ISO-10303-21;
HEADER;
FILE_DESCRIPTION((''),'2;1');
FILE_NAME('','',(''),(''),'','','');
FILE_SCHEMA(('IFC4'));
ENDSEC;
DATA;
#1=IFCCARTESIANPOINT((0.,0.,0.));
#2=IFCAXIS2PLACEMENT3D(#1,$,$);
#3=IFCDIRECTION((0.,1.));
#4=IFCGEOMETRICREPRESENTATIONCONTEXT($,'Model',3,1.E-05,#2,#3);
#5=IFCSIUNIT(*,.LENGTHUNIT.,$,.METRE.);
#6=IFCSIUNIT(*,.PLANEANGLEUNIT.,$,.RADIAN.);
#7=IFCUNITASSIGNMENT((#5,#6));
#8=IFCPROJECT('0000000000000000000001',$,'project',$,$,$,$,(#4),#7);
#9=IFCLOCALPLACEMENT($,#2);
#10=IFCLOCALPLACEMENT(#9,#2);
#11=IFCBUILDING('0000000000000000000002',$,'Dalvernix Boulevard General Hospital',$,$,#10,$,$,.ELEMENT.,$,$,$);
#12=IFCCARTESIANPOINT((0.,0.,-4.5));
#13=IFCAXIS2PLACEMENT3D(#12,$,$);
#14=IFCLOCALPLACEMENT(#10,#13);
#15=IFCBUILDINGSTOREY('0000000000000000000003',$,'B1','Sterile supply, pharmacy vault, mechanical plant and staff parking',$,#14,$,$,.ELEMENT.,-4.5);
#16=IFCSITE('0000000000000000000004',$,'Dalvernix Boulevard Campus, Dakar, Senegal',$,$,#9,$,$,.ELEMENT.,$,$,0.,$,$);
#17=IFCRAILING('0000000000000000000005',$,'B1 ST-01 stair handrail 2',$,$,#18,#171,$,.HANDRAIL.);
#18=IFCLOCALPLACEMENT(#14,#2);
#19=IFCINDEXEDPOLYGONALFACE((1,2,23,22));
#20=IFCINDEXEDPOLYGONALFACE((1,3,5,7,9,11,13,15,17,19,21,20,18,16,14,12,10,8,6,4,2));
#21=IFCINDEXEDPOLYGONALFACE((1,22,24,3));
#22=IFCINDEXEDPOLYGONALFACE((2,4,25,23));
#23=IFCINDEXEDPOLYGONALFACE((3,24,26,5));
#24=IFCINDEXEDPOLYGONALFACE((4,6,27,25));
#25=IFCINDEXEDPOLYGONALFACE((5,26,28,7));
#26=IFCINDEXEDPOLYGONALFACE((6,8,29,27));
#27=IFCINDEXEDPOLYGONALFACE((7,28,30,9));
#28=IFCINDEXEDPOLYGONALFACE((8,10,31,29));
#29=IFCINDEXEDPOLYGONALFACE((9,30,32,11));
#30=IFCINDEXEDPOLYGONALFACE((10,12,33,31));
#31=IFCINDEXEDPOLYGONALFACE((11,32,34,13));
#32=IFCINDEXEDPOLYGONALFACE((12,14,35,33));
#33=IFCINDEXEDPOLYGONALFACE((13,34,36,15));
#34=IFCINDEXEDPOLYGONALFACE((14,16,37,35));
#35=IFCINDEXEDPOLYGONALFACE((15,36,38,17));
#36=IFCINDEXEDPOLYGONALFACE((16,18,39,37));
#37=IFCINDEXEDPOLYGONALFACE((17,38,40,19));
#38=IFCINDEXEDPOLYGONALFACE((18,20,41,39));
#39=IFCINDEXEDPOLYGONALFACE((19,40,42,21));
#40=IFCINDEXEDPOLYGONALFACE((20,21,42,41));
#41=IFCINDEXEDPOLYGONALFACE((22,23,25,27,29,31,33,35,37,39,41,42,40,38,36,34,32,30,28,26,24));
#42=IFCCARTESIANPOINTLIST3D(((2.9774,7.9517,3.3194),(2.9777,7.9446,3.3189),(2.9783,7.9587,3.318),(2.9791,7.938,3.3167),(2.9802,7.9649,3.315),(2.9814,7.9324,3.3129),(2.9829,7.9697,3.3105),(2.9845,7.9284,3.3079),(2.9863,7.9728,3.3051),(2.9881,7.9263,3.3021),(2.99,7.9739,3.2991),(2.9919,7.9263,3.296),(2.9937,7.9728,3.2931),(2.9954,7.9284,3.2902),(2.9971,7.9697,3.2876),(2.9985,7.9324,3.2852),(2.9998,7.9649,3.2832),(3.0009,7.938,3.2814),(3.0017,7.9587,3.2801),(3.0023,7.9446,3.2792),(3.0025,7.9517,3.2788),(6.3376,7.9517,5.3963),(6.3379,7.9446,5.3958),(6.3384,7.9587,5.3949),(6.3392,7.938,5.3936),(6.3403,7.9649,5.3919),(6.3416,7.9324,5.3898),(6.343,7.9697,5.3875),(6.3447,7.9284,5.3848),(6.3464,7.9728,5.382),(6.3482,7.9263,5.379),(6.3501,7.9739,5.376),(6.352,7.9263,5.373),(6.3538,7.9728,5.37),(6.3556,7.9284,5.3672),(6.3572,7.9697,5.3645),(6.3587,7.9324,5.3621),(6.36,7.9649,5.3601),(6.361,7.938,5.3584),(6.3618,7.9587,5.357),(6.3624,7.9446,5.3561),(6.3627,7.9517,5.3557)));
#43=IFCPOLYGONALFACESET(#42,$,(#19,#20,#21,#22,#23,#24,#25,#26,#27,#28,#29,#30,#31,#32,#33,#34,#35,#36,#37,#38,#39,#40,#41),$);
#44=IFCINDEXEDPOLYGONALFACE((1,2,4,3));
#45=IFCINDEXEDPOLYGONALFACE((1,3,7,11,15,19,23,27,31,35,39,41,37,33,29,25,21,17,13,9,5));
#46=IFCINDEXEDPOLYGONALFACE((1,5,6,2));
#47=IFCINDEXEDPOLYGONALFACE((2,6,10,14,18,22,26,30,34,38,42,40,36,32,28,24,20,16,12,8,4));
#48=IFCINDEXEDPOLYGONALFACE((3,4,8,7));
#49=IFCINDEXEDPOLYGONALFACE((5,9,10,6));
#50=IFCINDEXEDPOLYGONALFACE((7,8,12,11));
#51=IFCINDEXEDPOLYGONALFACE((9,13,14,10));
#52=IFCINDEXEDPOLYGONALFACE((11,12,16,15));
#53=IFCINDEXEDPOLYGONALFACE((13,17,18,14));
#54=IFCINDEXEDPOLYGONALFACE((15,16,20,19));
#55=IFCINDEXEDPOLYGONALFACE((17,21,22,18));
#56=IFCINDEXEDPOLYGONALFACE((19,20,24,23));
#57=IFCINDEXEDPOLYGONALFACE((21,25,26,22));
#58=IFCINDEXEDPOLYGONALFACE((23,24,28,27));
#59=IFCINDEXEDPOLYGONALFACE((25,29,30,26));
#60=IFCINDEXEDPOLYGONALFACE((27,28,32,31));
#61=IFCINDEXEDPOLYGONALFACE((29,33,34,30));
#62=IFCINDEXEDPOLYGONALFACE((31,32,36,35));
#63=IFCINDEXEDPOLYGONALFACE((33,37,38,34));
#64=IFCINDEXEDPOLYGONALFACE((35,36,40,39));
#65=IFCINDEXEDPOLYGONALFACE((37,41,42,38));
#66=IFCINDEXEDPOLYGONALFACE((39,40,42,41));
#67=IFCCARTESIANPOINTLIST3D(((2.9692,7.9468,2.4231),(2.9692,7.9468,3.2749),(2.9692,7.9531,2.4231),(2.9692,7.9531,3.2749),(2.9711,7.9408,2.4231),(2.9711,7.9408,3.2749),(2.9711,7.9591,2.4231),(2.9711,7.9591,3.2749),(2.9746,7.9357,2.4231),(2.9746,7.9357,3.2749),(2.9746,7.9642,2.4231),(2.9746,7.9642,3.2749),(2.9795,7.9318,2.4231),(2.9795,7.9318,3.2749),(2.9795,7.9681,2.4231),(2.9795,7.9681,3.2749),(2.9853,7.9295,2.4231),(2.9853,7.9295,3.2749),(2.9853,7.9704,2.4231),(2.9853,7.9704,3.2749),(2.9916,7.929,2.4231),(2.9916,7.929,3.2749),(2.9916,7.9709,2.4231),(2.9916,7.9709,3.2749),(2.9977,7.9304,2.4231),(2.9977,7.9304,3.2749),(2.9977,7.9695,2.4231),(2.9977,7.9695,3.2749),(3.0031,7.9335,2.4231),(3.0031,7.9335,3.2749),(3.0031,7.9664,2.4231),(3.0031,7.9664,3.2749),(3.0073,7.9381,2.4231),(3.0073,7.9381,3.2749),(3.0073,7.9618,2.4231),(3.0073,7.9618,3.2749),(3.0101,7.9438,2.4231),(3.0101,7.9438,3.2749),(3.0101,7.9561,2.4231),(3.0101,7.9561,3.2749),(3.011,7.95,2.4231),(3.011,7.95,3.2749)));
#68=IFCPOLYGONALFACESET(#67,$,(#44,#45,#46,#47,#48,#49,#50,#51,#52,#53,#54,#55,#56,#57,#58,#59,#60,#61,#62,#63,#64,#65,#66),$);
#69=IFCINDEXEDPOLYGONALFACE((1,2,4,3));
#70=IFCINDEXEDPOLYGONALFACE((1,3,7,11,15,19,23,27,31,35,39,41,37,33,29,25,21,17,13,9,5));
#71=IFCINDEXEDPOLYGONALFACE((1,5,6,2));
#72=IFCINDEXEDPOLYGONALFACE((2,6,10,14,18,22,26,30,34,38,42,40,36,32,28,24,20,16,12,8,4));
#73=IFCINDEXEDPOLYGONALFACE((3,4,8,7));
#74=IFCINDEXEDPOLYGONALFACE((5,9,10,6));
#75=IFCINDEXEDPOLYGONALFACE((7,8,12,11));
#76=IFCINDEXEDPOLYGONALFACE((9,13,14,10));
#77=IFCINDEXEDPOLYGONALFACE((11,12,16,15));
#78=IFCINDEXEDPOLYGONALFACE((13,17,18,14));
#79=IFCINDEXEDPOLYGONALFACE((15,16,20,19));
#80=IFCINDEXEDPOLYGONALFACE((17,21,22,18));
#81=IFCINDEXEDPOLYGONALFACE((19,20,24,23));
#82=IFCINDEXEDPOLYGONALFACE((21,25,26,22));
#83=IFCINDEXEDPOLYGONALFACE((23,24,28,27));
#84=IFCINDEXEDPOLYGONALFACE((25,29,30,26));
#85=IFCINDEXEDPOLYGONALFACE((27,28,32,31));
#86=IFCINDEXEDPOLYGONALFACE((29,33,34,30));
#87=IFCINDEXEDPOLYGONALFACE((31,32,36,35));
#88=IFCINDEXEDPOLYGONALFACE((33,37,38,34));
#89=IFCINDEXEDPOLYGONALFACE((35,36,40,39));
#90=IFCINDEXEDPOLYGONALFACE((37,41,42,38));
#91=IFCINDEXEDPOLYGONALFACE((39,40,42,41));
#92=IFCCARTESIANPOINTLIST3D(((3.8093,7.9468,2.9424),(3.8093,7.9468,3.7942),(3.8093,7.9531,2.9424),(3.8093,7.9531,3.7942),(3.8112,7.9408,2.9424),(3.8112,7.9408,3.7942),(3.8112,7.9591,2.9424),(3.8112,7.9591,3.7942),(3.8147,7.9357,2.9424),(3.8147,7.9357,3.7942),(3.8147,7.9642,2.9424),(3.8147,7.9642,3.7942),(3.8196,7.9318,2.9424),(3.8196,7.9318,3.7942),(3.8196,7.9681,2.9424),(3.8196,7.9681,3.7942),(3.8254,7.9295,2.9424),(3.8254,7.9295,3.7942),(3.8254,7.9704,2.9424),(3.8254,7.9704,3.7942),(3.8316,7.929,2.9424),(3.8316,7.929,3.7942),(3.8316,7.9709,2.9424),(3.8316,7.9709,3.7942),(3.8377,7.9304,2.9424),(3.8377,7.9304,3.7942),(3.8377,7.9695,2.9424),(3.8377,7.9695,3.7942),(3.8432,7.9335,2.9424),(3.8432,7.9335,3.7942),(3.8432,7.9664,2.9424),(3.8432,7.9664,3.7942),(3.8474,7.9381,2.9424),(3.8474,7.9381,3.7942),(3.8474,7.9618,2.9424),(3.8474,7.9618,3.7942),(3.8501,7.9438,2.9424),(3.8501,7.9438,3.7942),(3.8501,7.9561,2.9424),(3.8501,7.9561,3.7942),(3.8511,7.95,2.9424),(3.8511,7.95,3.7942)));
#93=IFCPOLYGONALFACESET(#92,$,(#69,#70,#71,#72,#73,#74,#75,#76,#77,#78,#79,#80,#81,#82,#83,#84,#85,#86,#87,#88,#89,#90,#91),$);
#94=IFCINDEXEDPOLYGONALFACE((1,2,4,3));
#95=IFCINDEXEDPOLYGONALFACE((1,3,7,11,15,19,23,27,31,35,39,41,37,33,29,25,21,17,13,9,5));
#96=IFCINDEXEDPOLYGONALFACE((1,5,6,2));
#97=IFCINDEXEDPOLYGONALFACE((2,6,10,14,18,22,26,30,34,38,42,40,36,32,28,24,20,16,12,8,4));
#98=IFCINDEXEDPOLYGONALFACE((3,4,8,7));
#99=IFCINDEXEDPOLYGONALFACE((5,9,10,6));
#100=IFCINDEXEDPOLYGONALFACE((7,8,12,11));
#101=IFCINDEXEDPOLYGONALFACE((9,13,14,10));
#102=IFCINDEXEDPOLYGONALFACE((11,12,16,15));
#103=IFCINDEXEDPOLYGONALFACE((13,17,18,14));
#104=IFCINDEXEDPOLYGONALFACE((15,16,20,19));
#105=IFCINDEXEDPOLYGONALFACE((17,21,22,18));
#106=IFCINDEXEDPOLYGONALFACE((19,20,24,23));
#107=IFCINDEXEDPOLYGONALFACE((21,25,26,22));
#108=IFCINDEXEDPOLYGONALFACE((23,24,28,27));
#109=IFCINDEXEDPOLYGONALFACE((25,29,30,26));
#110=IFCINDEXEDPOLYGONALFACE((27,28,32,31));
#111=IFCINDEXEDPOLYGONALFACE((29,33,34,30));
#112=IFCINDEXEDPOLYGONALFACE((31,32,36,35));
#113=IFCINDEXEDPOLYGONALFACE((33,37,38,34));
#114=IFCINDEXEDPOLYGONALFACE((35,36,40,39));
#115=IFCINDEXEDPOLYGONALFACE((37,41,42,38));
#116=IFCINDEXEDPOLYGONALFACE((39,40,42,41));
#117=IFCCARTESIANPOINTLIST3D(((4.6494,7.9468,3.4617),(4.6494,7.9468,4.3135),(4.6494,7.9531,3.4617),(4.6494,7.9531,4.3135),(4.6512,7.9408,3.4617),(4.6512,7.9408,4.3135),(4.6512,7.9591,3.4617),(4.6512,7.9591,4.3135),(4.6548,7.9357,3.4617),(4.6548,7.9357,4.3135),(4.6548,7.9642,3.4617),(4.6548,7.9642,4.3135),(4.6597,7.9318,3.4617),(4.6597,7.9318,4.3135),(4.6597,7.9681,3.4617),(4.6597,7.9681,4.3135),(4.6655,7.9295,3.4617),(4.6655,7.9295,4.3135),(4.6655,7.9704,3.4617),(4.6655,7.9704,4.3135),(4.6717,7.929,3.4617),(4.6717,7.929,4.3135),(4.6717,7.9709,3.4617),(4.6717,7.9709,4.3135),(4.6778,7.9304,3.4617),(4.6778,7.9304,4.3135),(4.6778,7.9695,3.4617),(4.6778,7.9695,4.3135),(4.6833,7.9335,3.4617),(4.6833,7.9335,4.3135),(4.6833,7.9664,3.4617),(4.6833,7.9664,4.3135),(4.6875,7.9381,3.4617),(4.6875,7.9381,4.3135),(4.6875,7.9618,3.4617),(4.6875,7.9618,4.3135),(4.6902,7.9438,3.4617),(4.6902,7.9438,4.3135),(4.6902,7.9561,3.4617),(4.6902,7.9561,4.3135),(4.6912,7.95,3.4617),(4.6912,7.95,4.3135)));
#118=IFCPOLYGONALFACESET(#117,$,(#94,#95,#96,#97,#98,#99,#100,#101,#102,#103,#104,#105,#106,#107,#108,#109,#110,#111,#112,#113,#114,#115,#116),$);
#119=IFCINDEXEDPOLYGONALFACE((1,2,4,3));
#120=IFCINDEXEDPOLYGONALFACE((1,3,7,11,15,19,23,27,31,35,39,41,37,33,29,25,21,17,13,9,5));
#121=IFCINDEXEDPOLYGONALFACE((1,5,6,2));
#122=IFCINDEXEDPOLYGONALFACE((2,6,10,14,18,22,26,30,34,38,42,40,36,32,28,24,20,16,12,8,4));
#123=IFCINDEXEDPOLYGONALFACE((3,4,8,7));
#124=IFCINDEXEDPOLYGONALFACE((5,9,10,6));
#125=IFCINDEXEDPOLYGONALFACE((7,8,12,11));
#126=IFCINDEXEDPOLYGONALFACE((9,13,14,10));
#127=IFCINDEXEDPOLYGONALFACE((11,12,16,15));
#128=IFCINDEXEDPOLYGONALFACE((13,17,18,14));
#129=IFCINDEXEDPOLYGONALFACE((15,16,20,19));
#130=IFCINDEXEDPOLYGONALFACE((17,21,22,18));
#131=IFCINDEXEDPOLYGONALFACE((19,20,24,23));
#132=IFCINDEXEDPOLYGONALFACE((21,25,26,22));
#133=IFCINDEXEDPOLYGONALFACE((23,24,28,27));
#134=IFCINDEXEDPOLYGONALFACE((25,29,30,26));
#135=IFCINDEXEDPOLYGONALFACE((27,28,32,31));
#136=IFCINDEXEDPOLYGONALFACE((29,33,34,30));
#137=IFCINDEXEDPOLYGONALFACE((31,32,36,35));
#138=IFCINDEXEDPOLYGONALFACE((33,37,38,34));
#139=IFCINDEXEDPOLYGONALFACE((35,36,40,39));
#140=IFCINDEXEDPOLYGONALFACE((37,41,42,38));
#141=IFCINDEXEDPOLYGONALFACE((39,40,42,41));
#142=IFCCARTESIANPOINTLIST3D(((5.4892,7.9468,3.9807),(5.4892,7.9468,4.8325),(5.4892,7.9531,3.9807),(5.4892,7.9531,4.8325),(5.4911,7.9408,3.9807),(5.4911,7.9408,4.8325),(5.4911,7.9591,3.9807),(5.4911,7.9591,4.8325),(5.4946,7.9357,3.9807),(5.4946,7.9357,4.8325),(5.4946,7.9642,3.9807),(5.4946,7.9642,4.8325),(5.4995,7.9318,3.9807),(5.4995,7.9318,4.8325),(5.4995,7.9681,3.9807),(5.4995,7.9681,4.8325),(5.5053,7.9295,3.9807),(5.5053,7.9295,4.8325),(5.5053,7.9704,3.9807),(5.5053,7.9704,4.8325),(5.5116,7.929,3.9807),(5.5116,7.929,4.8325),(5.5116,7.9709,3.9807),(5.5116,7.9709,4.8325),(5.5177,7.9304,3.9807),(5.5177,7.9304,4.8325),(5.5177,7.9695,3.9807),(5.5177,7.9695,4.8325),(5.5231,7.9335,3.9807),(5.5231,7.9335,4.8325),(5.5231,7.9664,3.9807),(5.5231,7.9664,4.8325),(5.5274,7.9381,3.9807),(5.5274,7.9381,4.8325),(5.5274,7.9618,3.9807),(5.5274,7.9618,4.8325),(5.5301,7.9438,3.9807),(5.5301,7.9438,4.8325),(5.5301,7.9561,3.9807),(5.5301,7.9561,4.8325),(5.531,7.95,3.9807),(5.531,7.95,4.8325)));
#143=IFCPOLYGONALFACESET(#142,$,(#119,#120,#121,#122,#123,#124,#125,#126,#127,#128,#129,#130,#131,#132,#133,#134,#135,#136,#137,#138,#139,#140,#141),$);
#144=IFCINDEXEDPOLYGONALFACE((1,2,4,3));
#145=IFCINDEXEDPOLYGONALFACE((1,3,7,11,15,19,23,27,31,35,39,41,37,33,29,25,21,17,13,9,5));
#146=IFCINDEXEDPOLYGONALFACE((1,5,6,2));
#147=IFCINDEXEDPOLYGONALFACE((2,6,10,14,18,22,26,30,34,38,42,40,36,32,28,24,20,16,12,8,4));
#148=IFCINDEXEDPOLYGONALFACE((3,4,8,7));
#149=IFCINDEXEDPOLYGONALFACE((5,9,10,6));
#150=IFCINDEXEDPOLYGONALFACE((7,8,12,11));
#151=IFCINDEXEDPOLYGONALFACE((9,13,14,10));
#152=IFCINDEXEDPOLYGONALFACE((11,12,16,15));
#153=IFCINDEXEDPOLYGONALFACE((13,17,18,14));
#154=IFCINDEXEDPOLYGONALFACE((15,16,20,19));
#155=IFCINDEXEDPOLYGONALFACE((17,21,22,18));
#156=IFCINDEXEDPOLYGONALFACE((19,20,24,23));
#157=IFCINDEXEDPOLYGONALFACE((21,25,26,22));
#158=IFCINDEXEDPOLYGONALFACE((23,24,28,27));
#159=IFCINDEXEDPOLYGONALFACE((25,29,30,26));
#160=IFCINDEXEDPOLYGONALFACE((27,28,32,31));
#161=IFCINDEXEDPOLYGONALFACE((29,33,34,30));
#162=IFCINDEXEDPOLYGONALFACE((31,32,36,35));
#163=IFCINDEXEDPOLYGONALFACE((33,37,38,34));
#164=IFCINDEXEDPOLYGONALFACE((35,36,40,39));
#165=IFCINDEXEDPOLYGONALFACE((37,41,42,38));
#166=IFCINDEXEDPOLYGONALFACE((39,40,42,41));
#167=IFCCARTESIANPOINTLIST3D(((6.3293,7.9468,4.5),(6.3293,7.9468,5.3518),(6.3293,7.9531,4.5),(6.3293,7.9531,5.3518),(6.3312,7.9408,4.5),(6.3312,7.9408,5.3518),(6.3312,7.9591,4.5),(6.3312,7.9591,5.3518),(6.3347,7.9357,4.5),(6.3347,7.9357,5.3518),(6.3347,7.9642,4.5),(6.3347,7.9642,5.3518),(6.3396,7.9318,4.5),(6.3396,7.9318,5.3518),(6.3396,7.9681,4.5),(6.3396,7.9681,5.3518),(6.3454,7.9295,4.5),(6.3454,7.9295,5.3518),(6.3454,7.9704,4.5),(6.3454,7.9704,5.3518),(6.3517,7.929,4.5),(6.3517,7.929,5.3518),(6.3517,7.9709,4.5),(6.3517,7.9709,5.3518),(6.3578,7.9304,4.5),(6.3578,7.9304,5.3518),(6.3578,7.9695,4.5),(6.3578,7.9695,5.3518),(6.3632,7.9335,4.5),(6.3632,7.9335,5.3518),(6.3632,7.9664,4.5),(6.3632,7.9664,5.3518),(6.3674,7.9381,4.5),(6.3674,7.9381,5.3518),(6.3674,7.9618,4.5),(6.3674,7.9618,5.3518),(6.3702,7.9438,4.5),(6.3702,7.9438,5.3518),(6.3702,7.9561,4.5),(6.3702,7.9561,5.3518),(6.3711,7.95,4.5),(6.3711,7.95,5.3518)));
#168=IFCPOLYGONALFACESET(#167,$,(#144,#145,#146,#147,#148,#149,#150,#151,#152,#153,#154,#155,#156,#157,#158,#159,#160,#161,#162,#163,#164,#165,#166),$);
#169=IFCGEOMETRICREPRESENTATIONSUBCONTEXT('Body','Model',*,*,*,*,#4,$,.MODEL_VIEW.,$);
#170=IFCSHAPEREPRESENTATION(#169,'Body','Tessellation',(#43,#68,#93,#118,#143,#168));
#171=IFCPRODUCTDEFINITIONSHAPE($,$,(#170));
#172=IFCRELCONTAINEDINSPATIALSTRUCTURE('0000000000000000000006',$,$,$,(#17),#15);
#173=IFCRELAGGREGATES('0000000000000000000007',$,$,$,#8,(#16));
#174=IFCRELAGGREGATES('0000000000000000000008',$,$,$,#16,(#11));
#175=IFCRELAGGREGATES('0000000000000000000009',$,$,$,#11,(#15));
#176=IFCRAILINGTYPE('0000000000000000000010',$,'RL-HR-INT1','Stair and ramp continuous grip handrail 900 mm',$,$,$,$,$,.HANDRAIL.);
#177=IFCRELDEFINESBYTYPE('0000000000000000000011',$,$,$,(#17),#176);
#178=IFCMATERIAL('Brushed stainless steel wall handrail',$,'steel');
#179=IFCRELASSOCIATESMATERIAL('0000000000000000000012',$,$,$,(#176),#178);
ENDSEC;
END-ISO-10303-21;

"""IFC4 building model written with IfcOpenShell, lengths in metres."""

from ifc_helpers import new_model, si_unit, direction, frame, origin, origin_2d, place, context, subcontext, project, spatial, circle, extrude, material, type_object, element, save


model = new_model("IFC4")

# Units and contexts
model_context = context("Model", 3, precision=1e-05, world=origin(), true_north=direction((0.0, 1.0)))
body_context = subcontext(model_context, "Body", "Model", "MODEL_VIEW")
ifc_project = project(units=[si_unit("LENGTHUNIT", "METRE"), si_unit("PLANEANGLEUNIT", "RADIAN")], contexts=[model_context])

# Site, building, storey
site_placement = place(None, origin())
site = spatial("IfcSite", under=ifc_project, at=site_placement, Name="Dalvernix Boulevard Campus, Dakar, Senegal", CompositionType="ELEMENT", RefElevation=0.0)
building_placement = place(site_placement, origin())
building = spatial("IfcBuilding", under=site, at=building_placement, Name="Dalvernix Boulevard General Hospital", CompositionType="ELEMENT")
storey_placement = place(building_placement, frame((0.0, 0.0, -4.5)))
storey = spatial("IfcBuildingStorey", under=building, at=storey_placement, Name="B1", Description="Sterile supply, pharmacy vault, mechanical plant and staff parking", CompositionType="ELEMENT", Elevation=-4.5)

# Railing
ifc_material_1 = material(Name="Brushed stainless steel wall handrail", Category="steel")
railing_type_1 = type_object("IfcRailingType", Name="RL-HR-INT1", Description="Stair and ramp continuous grip handrail 900 mm", PredefinedType="HANDRAIL", material=ifc_material_1)
railing_1_placement = place(storey_placement, frame((2.99, 7.95, 2.4231)))
element("IfcRailing", 1, at=railing_1_placement, inside=storey, type_object=railing_type_1, Name="B1 ST-01 stair handrail 2", PredefinedType="HANDRAIL", context=body_context, shape_type="SweptSolid", body=[
    extrude(circle(Radius=0.0239, at=origin_2d()), frame((0.0, 0.0, 0.876), z_axis=(0.850623, 0.0, 0.525776), x_axis=(0.0, 1.0, 0.0)), (0.0, 0.0, 1.0), 3.9502),
    extrude(circle(Radius=0.021, at=origin_2d()), origin(), (0.0, 0.0, 1.0), 0.8518),
    extrude(circle(Radius=0.021, at=origin_2d()), frame((0.8401, 0.0, 0.5193)), (0.0, 0.0, 1.0), 0.8518),
    extrude(circle(Radius=0.021, at=origin_2d()), frame((1.6802, 0.0, 1.0386)), (0.0, 0.0, 1.0), 0.8518),
    extrude(circle(Radius=0.021, at=origin_2d()), frame((2.52, 0.0, 1.5576)), (0.0, 0.0, 1.0), 0.8518),
    extrude(circle(Radius=0.021, at=origin_2d()), frame((3.3601, 0.0, 2.0769)), (0.0, 0.0, 1.0), 0.8518),
])

save(model, "model.ifc")
